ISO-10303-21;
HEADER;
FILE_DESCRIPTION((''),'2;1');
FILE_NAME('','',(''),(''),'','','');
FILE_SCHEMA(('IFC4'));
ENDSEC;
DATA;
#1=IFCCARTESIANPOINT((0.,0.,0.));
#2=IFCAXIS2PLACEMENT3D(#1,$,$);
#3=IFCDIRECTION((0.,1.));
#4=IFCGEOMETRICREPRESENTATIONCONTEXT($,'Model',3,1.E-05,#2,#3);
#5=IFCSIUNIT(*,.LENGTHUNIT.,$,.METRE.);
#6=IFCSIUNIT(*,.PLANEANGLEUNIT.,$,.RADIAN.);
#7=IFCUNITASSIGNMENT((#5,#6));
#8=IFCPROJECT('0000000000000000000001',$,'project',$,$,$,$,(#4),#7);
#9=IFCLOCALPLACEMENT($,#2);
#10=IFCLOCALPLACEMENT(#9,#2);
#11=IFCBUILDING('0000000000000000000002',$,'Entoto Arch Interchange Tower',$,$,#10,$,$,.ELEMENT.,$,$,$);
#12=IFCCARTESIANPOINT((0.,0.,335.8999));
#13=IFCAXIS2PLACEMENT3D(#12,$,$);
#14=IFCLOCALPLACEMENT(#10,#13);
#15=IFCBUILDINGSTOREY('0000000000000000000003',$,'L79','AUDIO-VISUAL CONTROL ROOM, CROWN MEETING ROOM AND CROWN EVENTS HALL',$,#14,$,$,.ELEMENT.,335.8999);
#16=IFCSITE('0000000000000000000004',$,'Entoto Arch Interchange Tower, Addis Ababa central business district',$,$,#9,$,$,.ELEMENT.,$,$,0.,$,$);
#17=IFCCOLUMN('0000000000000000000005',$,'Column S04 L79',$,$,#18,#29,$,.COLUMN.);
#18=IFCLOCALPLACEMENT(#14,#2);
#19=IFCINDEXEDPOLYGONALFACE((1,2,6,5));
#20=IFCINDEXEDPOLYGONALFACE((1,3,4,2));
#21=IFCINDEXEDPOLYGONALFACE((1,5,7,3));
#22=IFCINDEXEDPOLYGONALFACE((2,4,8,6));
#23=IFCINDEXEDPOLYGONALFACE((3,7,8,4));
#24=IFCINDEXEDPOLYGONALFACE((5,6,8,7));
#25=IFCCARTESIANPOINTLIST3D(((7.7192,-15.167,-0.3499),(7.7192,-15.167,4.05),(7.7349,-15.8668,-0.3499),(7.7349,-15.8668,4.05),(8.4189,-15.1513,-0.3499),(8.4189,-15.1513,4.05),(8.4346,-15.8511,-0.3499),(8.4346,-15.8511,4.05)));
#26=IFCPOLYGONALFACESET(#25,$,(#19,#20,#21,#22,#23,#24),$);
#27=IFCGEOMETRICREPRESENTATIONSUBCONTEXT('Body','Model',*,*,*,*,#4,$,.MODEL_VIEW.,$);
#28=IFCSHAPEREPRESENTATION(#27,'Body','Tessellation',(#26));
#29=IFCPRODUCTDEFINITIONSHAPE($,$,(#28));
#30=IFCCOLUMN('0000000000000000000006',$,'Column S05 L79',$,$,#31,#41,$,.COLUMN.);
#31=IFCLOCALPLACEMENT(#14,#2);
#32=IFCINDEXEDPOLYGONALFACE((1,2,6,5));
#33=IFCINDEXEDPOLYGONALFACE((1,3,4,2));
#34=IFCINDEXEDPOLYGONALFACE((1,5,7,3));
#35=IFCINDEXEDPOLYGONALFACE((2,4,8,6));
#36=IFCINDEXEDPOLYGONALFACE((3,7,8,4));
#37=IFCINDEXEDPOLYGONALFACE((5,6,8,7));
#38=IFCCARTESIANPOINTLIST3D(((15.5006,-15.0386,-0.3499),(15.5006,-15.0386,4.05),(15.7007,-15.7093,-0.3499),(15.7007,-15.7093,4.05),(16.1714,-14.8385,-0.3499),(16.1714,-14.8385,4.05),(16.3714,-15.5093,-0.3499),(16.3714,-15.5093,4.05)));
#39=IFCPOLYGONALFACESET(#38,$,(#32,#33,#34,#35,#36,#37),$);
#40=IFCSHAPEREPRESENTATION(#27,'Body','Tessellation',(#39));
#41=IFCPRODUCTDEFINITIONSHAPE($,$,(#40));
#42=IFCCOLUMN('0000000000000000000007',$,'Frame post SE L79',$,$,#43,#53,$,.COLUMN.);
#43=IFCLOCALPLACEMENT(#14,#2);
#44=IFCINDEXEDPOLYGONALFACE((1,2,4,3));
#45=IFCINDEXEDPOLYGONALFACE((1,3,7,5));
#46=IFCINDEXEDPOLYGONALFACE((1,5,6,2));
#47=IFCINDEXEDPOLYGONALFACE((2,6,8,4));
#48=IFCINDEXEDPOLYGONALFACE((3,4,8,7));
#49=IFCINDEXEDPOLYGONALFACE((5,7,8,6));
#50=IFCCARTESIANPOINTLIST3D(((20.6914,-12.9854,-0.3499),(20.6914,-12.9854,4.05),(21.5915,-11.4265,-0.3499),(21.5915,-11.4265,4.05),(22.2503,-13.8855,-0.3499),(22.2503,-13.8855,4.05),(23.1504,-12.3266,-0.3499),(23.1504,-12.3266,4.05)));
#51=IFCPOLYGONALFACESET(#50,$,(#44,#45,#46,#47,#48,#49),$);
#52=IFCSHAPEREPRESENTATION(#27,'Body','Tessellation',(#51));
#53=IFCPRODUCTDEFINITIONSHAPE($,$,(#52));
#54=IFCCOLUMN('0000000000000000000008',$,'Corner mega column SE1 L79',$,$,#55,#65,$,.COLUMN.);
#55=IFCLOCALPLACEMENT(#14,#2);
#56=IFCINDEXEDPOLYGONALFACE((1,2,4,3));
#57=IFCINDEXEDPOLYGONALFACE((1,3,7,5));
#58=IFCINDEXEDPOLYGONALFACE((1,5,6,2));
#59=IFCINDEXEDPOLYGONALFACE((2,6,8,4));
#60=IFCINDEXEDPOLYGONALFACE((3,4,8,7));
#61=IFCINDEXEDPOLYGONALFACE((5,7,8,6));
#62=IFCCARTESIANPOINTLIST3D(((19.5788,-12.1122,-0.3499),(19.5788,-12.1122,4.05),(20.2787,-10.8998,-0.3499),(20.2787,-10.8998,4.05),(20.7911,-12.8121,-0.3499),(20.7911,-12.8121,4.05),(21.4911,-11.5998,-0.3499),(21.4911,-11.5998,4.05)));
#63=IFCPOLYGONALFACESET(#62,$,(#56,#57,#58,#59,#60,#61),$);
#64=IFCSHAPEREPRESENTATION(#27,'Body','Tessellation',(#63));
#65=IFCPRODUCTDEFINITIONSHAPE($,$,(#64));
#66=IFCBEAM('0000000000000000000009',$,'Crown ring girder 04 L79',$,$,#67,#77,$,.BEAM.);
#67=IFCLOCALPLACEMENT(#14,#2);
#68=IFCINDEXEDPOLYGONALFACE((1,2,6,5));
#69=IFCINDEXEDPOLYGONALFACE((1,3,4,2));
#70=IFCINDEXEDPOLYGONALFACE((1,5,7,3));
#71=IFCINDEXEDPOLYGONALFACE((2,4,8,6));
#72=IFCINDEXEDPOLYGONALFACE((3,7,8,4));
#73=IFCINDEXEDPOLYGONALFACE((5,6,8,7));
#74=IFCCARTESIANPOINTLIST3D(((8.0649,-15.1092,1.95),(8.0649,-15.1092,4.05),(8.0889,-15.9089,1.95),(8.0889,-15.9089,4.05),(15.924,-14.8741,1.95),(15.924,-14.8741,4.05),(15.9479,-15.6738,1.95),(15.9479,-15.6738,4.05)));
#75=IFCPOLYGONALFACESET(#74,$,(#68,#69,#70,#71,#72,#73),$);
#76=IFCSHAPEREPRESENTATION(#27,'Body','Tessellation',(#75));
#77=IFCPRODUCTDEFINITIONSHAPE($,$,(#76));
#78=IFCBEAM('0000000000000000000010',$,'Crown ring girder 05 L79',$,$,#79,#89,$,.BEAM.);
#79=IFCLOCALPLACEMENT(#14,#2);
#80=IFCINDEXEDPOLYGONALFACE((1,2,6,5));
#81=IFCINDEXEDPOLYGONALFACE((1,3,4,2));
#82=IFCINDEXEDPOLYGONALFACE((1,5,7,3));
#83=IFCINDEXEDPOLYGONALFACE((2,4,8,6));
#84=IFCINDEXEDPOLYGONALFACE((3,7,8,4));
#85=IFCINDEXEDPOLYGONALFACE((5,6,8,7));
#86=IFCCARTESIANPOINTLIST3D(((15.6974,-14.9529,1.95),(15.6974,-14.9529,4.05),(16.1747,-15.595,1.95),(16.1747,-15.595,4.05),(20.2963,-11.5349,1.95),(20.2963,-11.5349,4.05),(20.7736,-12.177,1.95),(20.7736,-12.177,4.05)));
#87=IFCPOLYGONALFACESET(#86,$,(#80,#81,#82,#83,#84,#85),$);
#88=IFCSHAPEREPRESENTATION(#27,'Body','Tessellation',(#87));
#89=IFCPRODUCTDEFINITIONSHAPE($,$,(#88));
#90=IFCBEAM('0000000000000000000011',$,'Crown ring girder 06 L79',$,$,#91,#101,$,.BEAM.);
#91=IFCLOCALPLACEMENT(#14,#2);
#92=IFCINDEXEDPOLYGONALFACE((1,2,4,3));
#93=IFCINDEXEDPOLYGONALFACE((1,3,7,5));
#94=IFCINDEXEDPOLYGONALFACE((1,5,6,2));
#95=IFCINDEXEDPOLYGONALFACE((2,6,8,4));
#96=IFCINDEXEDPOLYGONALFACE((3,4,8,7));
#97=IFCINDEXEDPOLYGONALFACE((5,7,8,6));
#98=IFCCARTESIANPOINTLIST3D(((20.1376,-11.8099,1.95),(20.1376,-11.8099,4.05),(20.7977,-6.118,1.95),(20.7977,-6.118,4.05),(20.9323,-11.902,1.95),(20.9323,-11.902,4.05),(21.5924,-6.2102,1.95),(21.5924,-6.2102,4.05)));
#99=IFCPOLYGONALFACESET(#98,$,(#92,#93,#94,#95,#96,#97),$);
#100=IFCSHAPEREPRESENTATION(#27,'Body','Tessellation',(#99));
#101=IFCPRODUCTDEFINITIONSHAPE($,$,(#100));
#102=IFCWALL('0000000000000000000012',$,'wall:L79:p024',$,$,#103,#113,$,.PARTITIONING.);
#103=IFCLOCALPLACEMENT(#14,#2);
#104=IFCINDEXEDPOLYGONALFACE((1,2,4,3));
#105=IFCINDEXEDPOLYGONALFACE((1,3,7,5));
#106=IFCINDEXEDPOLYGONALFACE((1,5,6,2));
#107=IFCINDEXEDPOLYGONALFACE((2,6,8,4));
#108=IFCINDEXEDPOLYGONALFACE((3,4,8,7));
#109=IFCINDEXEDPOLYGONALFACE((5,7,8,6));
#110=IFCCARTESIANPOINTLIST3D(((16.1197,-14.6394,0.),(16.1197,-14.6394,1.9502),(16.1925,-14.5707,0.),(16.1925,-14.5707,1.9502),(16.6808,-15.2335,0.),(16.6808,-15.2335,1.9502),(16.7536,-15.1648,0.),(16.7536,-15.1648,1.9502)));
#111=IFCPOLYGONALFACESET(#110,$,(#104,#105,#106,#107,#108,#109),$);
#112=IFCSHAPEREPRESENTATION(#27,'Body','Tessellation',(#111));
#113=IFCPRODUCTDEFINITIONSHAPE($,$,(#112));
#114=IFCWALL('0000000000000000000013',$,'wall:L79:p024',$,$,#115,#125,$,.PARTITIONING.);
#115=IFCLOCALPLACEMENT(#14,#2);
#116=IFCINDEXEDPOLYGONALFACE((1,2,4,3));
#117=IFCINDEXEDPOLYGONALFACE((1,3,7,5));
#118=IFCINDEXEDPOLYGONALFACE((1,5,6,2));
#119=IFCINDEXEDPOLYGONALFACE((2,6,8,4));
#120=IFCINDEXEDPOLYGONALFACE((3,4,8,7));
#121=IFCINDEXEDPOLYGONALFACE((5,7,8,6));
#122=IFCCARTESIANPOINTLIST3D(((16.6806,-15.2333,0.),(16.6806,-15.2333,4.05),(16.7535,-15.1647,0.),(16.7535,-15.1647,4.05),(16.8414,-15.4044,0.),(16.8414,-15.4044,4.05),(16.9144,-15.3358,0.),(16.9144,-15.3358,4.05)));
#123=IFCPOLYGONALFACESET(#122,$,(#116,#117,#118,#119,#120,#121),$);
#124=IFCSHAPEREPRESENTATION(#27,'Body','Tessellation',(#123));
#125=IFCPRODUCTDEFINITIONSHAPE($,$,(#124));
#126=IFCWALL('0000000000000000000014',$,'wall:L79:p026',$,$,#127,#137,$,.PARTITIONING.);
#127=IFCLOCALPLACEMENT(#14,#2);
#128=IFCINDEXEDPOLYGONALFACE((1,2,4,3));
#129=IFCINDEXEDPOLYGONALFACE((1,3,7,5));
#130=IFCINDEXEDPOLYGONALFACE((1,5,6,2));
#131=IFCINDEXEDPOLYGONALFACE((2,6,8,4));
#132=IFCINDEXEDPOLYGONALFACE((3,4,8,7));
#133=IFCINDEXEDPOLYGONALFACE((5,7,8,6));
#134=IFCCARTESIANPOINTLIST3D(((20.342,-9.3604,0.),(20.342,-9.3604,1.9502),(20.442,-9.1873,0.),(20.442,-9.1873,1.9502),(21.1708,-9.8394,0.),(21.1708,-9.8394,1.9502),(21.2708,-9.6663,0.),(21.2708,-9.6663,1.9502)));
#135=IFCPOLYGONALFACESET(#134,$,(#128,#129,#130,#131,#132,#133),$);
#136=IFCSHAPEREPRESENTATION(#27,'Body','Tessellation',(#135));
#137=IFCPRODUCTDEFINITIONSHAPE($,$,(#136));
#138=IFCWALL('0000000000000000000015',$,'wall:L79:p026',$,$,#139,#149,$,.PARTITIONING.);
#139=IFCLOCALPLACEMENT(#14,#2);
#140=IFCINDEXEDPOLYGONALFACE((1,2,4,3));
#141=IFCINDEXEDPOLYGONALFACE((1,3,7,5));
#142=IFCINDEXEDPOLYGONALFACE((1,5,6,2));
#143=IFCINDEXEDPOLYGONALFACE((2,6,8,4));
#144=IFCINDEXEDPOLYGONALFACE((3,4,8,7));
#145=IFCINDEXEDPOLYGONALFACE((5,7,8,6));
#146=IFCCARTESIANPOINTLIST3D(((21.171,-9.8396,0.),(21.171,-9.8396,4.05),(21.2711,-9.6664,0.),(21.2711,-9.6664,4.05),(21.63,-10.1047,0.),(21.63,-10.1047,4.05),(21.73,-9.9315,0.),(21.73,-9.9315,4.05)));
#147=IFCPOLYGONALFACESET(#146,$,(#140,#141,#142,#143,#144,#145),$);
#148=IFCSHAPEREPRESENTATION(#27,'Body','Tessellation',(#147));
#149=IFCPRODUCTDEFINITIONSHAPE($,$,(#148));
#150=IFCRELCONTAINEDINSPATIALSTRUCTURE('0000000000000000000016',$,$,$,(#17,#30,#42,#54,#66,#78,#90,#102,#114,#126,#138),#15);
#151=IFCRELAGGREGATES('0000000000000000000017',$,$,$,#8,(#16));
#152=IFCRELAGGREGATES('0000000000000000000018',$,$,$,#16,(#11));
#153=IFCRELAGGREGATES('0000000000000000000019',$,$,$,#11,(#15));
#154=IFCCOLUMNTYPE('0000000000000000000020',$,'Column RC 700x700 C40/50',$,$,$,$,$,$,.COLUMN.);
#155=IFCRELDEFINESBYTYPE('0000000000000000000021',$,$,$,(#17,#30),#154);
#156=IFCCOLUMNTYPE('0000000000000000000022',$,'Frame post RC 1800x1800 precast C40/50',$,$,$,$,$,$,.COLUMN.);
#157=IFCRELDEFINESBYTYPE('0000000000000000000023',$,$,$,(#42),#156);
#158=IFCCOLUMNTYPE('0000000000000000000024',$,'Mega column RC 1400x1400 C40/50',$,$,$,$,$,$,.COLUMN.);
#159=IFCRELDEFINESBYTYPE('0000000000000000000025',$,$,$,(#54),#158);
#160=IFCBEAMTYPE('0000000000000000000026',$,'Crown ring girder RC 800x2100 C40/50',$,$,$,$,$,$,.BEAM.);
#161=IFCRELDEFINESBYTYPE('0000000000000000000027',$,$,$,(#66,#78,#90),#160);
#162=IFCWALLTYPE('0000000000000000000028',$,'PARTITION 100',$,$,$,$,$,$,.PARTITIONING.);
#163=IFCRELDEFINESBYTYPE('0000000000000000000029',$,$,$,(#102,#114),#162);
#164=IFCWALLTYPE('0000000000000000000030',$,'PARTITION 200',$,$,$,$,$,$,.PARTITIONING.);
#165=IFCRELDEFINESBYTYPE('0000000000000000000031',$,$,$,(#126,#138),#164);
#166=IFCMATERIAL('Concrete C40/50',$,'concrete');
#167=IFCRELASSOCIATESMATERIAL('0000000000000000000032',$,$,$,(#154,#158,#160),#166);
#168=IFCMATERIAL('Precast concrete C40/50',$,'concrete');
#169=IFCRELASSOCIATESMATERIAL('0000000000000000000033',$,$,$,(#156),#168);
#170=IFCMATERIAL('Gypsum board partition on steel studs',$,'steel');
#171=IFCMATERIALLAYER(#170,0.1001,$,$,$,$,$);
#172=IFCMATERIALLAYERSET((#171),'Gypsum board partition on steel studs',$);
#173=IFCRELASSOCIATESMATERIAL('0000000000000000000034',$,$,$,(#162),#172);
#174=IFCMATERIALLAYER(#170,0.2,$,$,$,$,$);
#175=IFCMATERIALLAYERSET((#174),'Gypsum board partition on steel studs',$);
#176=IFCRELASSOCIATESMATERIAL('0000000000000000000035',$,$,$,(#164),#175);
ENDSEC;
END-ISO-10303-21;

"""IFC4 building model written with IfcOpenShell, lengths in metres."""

from ifc_helpers import new_model, si_unit, direction, frame, frame_2d, origin, origin_2d, place, context, subcontext, project, spatial, rectangle, extrude, material, layer, layer_set, material_profile, profile_set, type_object, element, save


model = new_model("IFC4")

# Units and contexts
model_context = context("Model", 3, precision=1e-05, world=origin(), true_north=direction((0.0, 1.0)))
body_context = subcontext(model_context, "Body", "Model", "MODEL_VIEW")
ifc_project = project(units=[si_unit("LENGTHUNIT", "METRE"), si_unit("PLANEANGLEUNIT", "RADIAN")], contexts=[model_context])

# Site, building, storey
site_placement = place(None, origin())
site = spatial("IfcSite", under=ifc_project, at=site_placement, Name="Entoto Arch Interchange Tower, Addis Ababa central business district", CompositionType="ELEMENT", RefElevation=0.0)
building_placement = place(site_placement, origin())
building = spatial("IfcBuilding", under=site, at=building_placement, Name="Entoto Arch Interchange Tower", CompositionType="ELEMENT")
storey_placement = place(building_placement, frame((0.0, 0.0, 335.8999)))
storey = spatial("IfcBuildingStorey", under=building, at=storey_placement, Name="L79", Description="AUDIO-VISUAL CONTROL ROOM, CROWN MEETING ROOM AND CROWN EVENTS HALL", CompositionType="ELEMENT", Elevation=335.8999)

# Columns
ifc_material_1 = material(Name="Concrete C40/50", Category="concrete")
ifc_material_profile_1 = material_profile(ifc_material_1, rectangle(XDim=0.7, YDim=0.7, at=origin_2d()))
ifc_profile_set_1 = profile_set([ifc_material_profile_1], Name="Concrete C40/50")
column_type_1 = type_object("IfcColumnType", Name="Column RC 700x700 C40/50", PredefinedType="COLUMN", material=ifc_profile_set_1)
for number, where, z_axis, x_axis, name in (
    (1, (8.0769, -15.509, -0.3499), (0.0, 0.0, 1.0), (0.999748, 0.022443, 0.0), "Column S04 L79"),
    (2, (15.936, -15.2739, -0.3499), (0.0, 0.0, 1.0), (0.958288, 0.285805, 0.0), "Column S05 L79"),
):
    element("IfcColumn", number, at=place(storey_placement, frame(where, z_axis=z_axis, x_axis=x_axis)), inside=storey, type_object=column_type_1, Name=name, PredefinedType="COLUMN", context=body_context, shape_type="SweptSolid", body=[
        extrude(rectangle(XDim=0.7, YDim=0.7, at=origin_2d()), origin(), (0.0, 0.0, 1.0), 4.3999),
    ])
ifc_material_2 = material(Name="Precast concrete C40/50", Category="concrete")
ifc_material_profile_2 = material_profile(ifc_material_2, rectangle(XDim=1.8, YDim=1.8, at=origin_2d()))
ifc_profile_set_2 = profile_set([ifc_material_profile_2], Name="Precast concrete C40/50")
column_type_2 = type_object("IfcColumnType", Name="Frame post RC 1800x1800 precast C40/50", PredefinedType="COLUMN", material=ifc_profile_set_2)
column_1_placement = place(storey_placement, frame((21.9209, -12.656, -0.3499), z_axis=(0.0, 0.0, 1.0), x_axis=(-0.866025, 0.5, 0.0)))
element("IfcColumn", 3, at=column_1_placement, inside=storey, type_object=column_type_2, Name="Frame post SE L79", PredefinedType="COLUMN", context=body_context, shape_type="SweptSolid", body=[
    extrude(rectangle(XDim=1.8, YDim=1.8, at=origin_2d()), origin(), (0.0, 0.0, 1.0), 4.3999),
])
ifc_material_profile_3 = material_profile(ifc_material_1, rectangle(XDim=1.3999, YDim=1.3999, at=origin_2d()))
ifc_profile_set_3 = profile_set([ifc_material_profile_3], Name="Concrete C40/50")
column_type_3 = type_object("IfcColumnType", Name="Mega column RC 1400x1400 C40/50", PredefinedType="COLUMN", material=ifc_profile_set_3)
column_2_placement = place(storey_placement, frame((20.5349, -11.856, -0.3499), z_axis=(0.0, 0.0, 1.0), x_axis=(-0.866025, 0.5, 0.0)))
element("IfcColumn", 4, at=column_2_placement, inside=storey, type_object=column_type_3, Name="Corner mega column SE1 L79", PredefinedType="COLUMN", context=body_context, shape_type="SweptSolid", body=[
    extrude(rectangle(XDim=1.3999, YDim=1.3999, at=origin_2d()), origin(), (0.0, 0.0, 1.0), 4.3999),
])

# Beams
ifc_material_profile_4 = material_profile(ifc_material_1, rectangle(XDim=0.8, YDim=2.1001, at=origin_2d()))
ifc_profile_set_4 = profile_set([ifc_material_profile_4], Name="Concrete C40/50")
beam_type = type_object("IfcBeamType", Name="Crown ring girder RC 800x2100 C40/50", PredefinedType="BEAM", material=ifc_profile_set_4)
beam_placement = place(storey_placement, frame((8.0769, -15.509, 3.0), z_axis=(0.999553, 0.029902, 0.0), x_axis=(-0.029902, 0.999553, 0.0)))
element("IfcBeam", 5, at=beam_placement, inside=storey, type_object=beam_type, Name="Crown ring girder 04 L79", PredefinedType="BEAM", context=body_context, shape_type="SweptSolid", body=[
    extrude(rectangle(XDim=0.8, YDim=2.1001, at=origin_2d()), origin(), (0.0, 0.0, 1.0), 7.8625),
])
for number, where, z_axis, x_axis, name in (
    (6, (15.936, -15.2739, 3.0), (0.802605, 0.596511, 0.0), (-0.596511, 0.802605, 0.0), "Crown ring girder 05 L79"),
    (7, (20.5349, -11.856, 3.0), (0.11521, 0.993341, 0.0), (-0.993341, 0.11521, 0.0), "Crown ring girder 06 L79"),
):
    element("IfcBeam", number, at=place(storey_placement, frame(where, z_axis=z_axis, x_axis=x_axis)), inside=storey, type_object=beam_type, Name=name, PredefinedType="BEAM", context=body_context, shape_type="SweptSolid", body=[
        extrude(rectangle(XDim=0.8, YDim=2.1001, at=origin_2d()), origin(), (0.0, 0.0, 1.0), 5.73),
    ])

# Walls
ifc_material_3 = material(Name="Gypsum board partition on steel studs", Category="steel")
ifc_layer_1 = layer(ifc_material_3, 0.1001)
ifc_layer_set_1 = layer_set([ifc_layer_1], Name="Gypsum board partition on steel studs")
wall_type_1 = type_object("IfcWallType", Name="PARTITION 100", PredefinedType="PARTITIONING", material=ifc_layer_set_1)
wall_1_placement = place(storey_placement, frame((16.156, -14.605, 0.0), z_axis=(0.0, 0.0, 1.0), x_axis=(0.68665, -0.726988, 0.0)))
element("IfcWall", 8, at=wall_1_placement, inside=storey, type_object=wall_type_1, Name="wall:L79:p024", PredefinedType="PARTITIONING", context=body_context, shape_type="SweptSolid", body=[
    extrude(rectangle(XDim=0.8171, YDim=0.1001, at=frame_2d((0.4087, 0.0))), origin(), (0.0, 0.0, 1.0), 1.9502),
])
wall_2_placement = place(storey_placement, frame((16.717, -15.199, 0.0), z_axis=(0.0, 0.0, 1.0), x_axis=(0.684943, -0.728597, 0.0)))
element("IfcWall", 9, at=wall_2_placement, inside=storey, type_object=wall_type_1, Name="wall:L79:p024", PredefinedType="PARTITIONING", context=body_context, shape_type="SweptSolid", body=[
    extrude(rectangle(XDim=0.2349, YDim=0.1001, at=frame_2d((0.1174, 0.0))), origin(), (0.0, 0.0, 1.0), 4.05),
])
ifc_layer_2 = layer(ifc_material_3, 0.2)
ifc_layer_set_2 = layer_set([ifc_layer_2], Name="Gypsum board partition on steel studs")
wall_type_2 = type_object("IfcWallType", Name="PARTITION 200", PredefinedType="PARTITIONING", material=ifc_layer_set_2)
wall_3_placement = place(storey_placement, frame((20.3921, -9.2739, 0.0), z_axis=(0.0, 0.0, 1.0), x_axis=(0.865816, -0.500363, 0.0)))
element("IfcWall", 10, at=wall_3_placement, inside=storey, type_object=wall_type_2, Name="wall:L79:p026", PredefinedType="PARTITIONING", context=body_context, shape_type="SweptSolid", body=[
    extrude(rectangle(XDim=0.9573, YDim=0.2, at=frame_2d((0.4785, 0.0))), origin(), (0.0, 0.0, 1.0), 1.9502),
])
wall_4_placement = place(storey_placement, frame((21.2209, -9.7529, 0.0), z_axis=(0.0, 0.0, 1.0), x_axis=(0.865909, -0.500201, 0.0)))
element("IfcWall", 11, at=wall_4_placement, inside=storey, type_object=wall_type_2, Name="wall:L79:p026", PredefinedType="PARTITIONING", context=body_context, shape_type="SweptSolid", body=[
    extrude(rectangle(XDim=0.53, YDim=0.2, at=frame_2d((0.2651, 0.0))), origin(), (0.0, 0.0, 1.0), 4.05),
])

save(model, "model.ifc")
